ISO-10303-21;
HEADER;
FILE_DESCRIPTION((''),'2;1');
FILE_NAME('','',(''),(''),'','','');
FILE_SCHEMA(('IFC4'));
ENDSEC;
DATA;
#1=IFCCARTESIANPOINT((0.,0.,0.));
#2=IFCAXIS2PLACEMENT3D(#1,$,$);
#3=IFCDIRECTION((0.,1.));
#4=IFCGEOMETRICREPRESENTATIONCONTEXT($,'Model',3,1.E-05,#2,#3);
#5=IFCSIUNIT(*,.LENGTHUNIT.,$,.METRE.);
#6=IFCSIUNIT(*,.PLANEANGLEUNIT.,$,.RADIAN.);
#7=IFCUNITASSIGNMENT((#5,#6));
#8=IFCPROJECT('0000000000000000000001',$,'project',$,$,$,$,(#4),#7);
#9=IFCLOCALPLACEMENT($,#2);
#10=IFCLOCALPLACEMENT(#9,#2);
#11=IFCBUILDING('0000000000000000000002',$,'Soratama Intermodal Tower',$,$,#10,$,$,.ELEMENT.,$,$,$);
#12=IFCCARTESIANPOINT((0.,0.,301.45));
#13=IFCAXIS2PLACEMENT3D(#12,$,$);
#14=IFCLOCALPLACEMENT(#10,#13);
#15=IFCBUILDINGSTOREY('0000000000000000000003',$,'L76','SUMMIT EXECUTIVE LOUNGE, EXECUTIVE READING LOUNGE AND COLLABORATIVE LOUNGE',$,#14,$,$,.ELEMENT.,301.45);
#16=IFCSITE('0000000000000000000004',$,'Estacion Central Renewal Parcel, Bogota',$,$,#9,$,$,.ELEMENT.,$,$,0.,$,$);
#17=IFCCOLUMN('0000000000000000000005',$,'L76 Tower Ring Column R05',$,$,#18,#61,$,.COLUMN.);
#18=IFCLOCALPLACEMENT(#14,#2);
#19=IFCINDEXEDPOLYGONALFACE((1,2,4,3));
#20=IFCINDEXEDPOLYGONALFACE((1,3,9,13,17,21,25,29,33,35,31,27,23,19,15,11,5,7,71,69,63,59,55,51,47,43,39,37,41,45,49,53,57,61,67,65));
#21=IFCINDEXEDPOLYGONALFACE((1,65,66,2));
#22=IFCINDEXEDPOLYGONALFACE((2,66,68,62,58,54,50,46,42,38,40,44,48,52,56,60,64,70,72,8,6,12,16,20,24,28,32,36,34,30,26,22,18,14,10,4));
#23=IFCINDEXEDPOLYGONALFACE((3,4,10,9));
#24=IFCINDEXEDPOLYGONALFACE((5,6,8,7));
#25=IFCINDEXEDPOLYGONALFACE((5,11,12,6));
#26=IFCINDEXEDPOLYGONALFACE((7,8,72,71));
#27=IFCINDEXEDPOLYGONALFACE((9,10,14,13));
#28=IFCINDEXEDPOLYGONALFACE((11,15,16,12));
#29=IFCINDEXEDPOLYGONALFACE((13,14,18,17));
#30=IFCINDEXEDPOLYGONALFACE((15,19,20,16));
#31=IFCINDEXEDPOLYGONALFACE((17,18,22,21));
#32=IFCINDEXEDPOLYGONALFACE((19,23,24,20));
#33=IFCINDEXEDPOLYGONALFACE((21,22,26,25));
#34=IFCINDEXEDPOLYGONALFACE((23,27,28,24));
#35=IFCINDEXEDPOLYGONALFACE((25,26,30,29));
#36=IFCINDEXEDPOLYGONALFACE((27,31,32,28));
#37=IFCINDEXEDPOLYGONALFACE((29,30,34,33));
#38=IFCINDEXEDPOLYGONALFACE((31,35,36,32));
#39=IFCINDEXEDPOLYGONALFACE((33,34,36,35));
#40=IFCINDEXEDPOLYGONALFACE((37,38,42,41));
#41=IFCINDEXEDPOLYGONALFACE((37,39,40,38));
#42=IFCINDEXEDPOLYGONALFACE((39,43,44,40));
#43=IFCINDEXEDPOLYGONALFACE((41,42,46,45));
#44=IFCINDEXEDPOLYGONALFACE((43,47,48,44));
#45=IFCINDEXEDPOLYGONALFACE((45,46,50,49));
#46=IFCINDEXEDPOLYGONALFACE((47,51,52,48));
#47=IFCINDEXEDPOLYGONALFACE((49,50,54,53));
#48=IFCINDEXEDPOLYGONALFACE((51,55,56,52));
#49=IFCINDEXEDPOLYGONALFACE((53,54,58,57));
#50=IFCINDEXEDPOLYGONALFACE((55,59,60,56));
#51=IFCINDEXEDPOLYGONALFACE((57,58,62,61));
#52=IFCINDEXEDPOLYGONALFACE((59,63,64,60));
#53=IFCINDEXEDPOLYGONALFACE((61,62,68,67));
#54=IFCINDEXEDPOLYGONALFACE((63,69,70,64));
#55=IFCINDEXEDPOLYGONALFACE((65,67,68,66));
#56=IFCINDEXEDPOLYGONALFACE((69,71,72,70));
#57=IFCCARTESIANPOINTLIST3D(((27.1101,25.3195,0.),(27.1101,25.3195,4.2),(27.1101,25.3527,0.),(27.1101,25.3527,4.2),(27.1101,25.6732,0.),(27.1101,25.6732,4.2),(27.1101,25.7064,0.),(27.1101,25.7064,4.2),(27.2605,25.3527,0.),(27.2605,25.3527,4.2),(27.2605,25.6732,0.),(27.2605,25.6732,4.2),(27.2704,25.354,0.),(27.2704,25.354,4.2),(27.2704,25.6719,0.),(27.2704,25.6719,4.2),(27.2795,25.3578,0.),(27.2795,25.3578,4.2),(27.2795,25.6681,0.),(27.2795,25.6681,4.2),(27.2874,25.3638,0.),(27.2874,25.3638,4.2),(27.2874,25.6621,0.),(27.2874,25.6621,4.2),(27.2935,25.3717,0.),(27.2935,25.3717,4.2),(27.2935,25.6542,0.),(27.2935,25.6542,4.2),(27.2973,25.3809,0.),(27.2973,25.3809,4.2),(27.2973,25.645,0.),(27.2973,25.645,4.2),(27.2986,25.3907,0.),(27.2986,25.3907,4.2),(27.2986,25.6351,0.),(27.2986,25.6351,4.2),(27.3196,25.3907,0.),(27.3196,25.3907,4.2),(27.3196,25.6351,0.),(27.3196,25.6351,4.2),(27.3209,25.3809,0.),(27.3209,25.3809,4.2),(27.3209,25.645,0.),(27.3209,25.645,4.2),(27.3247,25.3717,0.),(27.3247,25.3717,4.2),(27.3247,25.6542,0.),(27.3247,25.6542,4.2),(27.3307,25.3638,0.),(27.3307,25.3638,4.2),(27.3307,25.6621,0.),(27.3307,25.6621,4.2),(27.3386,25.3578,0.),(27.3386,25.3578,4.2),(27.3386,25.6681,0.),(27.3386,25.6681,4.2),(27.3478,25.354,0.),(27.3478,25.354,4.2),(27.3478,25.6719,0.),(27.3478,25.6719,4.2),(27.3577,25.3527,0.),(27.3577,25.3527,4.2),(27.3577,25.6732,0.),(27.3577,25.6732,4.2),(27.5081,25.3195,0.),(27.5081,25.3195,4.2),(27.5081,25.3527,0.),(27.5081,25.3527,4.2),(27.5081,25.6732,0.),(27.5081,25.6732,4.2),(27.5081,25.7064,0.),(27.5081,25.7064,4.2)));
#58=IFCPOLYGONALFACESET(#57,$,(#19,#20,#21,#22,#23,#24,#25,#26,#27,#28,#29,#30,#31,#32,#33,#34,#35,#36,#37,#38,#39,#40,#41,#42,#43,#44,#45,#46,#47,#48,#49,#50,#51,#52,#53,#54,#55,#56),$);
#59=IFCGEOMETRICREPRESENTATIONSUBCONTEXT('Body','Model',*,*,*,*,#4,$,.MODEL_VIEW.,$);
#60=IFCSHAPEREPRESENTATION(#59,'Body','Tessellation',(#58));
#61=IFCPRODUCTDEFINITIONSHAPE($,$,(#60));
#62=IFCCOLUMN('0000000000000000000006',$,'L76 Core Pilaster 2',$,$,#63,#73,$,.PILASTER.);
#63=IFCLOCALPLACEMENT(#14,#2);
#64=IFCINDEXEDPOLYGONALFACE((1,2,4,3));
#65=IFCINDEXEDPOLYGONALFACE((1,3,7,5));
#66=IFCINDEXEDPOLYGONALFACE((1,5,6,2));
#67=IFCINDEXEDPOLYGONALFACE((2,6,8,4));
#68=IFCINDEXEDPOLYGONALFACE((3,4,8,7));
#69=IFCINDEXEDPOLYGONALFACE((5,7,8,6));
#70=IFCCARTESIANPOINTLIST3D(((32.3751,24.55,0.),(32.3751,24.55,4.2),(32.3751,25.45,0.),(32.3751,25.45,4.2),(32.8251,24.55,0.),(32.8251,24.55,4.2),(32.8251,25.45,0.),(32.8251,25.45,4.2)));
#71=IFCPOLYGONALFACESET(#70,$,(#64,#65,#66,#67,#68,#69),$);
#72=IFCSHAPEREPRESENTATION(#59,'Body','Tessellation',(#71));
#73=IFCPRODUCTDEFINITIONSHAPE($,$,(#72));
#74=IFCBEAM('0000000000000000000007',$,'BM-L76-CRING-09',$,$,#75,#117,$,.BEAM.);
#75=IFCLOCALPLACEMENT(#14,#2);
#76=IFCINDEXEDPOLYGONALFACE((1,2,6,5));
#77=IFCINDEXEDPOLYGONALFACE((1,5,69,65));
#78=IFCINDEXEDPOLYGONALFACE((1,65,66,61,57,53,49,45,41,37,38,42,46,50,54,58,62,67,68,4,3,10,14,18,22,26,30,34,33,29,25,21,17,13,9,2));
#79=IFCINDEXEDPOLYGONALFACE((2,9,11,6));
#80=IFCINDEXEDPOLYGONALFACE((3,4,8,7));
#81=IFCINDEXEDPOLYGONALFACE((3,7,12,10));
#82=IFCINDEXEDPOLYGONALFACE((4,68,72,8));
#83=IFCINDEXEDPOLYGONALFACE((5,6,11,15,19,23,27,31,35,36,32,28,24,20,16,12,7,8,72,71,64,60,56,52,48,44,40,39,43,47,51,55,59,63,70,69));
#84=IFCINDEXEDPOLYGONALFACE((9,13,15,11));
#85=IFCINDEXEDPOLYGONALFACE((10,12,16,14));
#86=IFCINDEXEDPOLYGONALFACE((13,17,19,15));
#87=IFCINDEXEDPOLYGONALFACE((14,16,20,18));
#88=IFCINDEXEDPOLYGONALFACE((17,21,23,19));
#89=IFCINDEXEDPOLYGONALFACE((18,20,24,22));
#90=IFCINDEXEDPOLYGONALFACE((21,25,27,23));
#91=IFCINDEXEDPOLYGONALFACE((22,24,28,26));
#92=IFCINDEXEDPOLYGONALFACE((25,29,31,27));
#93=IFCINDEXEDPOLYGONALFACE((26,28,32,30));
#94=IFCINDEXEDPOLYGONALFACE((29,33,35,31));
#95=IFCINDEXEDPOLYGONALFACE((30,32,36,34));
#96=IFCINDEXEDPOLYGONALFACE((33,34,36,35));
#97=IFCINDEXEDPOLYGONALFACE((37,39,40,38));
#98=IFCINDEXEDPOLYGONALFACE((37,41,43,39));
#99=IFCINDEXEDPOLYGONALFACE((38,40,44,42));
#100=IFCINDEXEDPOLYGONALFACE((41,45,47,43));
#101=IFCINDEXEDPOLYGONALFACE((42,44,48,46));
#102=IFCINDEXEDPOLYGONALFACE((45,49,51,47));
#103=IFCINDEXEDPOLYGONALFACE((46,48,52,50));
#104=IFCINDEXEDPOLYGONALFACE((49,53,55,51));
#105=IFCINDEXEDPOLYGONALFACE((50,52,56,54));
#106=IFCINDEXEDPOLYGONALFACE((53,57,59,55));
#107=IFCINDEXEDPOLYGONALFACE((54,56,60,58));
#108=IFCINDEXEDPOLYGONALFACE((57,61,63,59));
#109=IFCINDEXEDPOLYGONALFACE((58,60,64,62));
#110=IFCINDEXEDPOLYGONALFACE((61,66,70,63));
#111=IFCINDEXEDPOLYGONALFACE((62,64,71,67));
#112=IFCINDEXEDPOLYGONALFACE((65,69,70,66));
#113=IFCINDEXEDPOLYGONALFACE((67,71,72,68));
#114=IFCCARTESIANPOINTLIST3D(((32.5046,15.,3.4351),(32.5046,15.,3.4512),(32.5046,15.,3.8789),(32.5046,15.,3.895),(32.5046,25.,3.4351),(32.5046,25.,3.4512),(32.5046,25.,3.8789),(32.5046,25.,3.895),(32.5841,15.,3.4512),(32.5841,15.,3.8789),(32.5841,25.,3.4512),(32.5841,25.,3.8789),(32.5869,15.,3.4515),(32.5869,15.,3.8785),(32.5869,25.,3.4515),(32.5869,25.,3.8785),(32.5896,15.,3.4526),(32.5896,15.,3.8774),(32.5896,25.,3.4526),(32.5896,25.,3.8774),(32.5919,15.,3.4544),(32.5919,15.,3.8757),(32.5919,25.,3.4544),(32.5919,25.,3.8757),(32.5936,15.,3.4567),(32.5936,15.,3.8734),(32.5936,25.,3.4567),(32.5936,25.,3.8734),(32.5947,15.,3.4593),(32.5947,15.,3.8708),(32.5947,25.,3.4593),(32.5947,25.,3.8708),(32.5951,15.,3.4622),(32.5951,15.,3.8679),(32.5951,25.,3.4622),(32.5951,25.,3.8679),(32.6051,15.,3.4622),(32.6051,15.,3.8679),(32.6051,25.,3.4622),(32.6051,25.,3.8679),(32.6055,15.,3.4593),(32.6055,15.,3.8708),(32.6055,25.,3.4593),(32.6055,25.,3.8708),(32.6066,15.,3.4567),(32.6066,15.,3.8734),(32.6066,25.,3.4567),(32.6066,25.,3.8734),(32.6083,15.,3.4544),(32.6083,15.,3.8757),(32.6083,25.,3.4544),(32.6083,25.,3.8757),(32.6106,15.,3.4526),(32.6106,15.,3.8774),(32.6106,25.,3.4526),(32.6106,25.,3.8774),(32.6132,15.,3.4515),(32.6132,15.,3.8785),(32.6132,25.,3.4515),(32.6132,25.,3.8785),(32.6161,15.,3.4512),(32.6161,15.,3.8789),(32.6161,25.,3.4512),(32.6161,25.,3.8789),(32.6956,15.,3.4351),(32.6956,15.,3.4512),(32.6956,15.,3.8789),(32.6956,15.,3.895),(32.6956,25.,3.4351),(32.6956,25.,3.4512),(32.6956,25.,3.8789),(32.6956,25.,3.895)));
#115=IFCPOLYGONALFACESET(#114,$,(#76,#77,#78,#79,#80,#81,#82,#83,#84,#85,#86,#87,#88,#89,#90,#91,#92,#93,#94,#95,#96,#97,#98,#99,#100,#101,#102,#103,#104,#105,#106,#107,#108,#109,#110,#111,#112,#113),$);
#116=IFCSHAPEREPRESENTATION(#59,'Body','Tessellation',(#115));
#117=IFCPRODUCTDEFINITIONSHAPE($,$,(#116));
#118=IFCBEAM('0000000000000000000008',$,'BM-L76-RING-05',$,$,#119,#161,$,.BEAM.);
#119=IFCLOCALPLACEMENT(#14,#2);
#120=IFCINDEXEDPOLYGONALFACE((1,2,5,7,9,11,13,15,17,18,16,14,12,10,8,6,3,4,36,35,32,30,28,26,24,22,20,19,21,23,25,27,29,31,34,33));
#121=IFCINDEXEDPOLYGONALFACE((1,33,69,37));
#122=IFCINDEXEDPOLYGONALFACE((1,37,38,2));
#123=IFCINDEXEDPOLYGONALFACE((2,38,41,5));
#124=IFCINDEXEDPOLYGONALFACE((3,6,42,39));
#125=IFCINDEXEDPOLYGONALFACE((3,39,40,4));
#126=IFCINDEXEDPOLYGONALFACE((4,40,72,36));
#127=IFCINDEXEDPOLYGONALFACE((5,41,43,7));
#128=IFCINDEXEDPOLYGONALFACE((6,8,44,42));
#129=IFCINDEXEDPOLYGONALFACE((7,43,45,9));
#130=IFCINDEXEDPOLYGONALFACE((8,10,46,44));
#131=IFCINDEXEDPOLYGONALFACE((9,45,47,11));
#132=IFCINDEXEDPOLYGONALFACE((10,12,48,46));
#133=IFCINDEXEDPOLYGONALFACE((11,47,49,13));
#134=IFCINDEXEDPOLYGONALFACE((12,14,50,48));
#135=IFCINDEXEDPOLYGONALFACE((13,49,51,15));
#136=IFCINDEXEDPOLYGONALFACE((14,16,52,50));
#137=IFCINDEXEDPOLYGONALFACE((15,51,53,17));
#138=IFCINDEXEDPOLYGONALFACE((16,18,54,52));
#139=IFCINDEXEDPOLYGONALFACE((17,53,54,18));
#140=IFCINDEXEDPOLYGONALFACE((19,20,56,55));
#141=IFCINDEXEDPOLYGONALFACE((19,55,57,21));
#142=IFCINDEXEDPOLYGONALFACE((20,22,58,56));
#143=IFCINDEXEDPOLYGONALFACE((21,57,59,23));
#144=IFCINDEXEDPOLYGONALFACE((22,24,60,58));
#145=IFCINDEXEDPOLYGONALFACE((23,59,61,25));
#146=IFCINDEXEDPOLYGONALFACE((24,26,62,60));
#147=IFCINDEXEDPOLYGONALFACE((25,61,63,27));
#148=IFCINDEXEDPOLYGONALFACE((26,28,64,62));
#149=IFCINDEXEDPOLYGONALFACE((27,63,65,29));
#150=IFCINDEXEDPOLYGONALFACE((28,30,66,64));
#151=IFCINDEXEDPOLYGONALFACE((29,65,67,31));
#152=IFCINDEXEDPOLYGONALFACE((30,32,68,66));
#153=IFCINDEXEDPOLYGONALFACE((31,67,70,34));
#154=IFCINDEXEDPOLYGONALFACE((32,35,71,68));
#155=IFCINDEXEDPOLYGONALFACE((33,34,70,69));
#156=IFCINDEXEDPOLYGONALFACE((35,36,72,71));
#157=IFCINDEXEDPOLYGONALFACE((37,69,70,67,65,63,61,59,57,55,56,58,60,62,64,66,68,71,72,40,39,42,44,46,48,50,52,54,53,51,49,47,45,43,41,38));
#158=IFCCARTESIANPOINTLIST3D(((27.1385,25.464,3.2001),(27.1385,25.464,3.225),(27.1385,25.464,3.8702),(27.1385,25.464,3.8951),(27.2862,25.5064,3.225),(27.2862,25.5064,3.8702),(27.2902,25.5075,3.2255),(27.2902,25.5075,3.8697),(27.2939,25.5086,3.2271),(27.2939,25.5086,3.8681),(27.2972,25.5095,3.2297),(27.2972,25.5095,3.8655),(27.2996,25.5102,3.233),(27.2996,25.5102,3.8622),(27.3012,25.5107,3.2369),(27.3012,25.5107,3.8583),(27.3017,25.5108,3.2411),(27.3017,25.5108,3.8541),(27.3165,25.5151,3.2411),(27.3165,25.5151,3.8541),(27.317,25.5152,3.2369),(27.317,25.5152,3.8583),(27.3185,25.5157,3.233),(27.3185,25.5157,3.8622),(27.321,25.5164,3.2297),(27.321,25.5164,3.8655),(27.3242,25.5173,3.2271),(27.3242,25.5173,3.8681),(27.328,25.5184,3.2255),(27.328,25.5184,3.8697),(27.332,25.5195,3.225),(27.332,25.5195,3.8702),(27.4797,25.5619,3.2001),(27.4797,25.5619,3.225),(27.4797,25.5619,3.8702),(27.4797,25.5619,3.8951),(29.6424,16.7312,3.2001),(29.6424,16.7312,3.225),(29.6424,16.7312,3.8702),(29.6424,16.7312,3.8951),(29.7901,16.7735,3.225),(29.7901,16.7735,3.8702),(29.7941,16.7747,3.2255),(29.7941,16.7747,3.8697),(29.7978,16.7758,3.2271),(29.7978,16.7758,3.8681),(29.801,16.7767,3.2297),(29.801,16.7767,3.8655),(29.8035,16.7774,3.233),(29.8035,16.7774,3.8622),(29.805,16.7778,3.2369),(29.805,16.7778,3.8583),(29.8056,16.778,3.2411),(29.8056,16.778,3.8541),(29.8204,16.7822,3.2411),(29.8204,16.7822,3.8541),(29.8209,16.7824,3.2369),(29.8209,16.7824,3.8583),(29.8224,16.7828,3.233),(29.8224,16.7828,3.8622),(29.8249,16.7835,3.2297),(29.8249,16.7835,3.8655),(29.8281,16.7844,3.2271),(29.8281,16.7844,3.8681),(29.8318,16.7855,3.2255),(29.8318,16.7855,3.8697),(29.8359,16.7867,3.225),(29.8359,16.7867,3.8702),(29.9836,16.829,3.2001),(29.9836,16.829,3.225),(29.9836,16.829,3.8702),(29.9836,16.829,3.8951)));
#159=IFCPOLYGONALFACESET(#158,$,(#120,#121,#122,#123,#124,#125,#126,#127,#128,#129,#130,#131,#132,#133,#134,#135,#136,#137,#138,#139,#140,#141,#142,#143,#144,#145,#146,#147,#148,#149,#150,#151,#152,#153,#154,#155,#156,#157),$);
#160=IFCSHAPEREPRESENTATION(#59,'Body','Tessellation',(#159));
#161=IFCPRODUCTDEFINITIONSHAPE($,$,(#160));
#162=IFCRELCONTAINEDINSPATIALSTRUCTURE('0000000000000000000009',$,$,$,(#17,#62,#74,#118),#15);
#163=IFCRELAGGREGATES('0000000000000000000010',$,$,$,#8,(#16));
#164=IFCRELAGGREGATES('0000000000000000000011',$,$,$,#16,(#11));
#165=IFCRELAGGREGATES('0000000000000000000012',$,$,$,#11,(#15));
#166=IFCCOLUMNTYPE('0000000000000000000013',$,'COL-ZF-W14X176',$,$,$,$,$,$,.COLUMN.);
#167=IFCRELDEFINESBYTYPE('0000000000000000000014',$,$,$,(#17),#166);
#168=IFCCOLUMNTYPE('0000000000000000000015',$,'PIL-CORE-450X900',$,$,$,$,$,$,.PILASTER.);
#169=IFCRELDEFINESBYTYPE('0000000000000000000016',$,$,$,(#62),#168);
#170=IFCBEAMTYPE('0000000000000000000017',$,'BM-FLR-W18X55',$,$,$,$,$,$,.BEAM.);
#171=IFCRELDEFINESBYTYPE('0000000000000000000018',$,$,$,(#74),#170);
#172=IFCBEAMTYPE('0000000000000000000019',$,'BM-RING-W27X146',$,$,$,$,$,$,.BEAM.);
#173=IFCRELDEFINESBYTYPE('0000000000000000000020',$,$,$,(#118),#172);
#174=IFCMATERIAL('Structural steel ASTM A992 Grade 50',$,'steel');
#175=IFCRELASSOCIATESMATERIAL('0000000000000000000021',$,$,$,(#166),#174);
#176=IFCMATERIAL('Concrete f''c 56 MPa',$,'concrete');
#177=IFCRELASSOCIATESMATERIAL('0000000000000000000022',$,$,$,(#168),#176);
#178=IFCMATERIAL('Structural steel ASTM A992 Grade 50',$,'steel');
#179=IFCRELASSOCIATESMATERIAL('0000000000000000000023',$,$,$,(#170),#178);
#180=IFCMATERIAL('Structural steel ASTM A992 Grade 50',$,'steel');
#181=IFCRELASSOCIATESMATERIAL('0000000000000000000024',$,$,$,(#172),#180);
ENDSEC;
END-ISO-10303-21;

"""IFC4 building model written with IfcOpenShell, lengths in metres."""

from ifc_helpers import new_model, si_unit, direction, frame, origin, origin_2d, place, context, subcontext, project, spatial, rectangle, i_section, extrude, material, material_profile, profile_set, type_object, element, save


model = new_model("IFC4")

# Units and contexts
model_context = context("Model", 3, precision=1e-05, world=origin(), true_north=direction((0.0, 1.0)))
body_context = subcontext(model_context, "Body", "Model", "MODEL_VIEW")
ifc_project = project(units=[si_unit("LENGTHUNIT", "METRE"), si_unit("PLANEANGLEUNIT", "RADIAN")], contexts=[model_context])

# Site, building, storey
site_placement = place(None, origin())
site = spatial("IfcSite", under=ifc_project, at=site_placement, Name="Estacion Central Renewal Parcel, Bogota", CompositionType="ELEMENT", RefElevation=0.0)
building_placement = place(site_placement, origin())
building = spatial("IfcBuilding", under=site, at=building_placement, Name="Soratama Intermodal Tower", CompositionType="ELEMENT")
storey_placement = place(building_placement, frame((0.0, 0.0, 301.45)))
storey = spatial("IfcBuildingStorey", under=building, at=storey_placement, Name="L76", Description="SUMMIT EXECUTIVE LOUNGE, EXECUTIVE READING LOUNGE AND COLLABORATIVE LOUNGE", CompositionType="ELEMENT", Elevation=301.45)

# Columns
ifc_material_1 = material(Name="Structural steel ASTM A992 Grade 50", Category="steel")
ifc_material_profile_1 = material_profile(ifc_material_1, i_section(OverallWidth=0.3979, OverallDepth=0.387, WebThickness=0.021, FlangeThickness=0.0332, FilletRadius=0.0381, at=origin_2d()), Name="W14X176")
ifc_profile_set_1 = profile_set([ifc_material_profile_1], Name="Structural steel ASTM A992 Grade 50")
column_type_1 = type_object("IfcColumnType", Name="COL-ZF-W14X176", PredefinedType="COLUMN", material=ifc_profile_set_1)
column_1_placement = place(storey_placement, frame((27.3091, 25.5129, 0.0), z_axis=(0.0, 0.0, 1.0), x_axis=(1.0, 0.0, 0.0)))
element("IfcColumn", 1, at=column_1_placement, inside=storey, type_object=column_type_1, Name="L76 Tower Ring Column R05", PredefinedType="COLUMN", context=body_context, shape_type="SweptSolid", body=[
    extrude(i_section(OverallWidth=0.3979, OverallDepth=0.387, WebThickness=0.021, FlangeThickness=0.0332, FilletRadius=0.0381, at=origin_2d()), origin(), (0.0, 0.0, 1.0), 4.2),
])
ifc_material_2 = material(Name="Concrete f'c 56 MPa", Category="concrete")
ifc_material_profile_2 = material_profile(ifc_material_2, rectangle(XDim=0.45, YDim=0.8999, at=origin_2d()), Name="RC450X900")
ifc_profile_set_2 = profile_set([ifc_material_profile_2], Name="Concrete f'c 56 MPa")
column_type_2 = type_object("IfcColumnType", Name="PIL-CORE-450X900", PredefinedType="PILASTER", material=ifc_profile_set_2)
column_2_placement = place(storey_placement, frame((32.6001, 25.0, 0.0), z_axis=(0.0, 0.0, 1.0), x_axis=(1.0, 0.0, 0.0)))
element("IfcColumn", 2, at=column_2_placement, inside=storey, type_object=column_type_2, Name="L76 Core Pilaster 2", PredefinedType="PILASTER", context=body_context, shape_type="SweptSolid", body=[
    extrude(rectangle(XDim=0.45, YDim=0.8999, at=origin_2d()), origin(), (0.0, 0.0, 1.0), 4.2),
])

# Beams
ifc_material_3 = material(Name="Structural steel ASTM A992 Grade 50", Category="steel")
ifc_material_profile_3 = material_profile(ifc_material_3, i_section(OverallWidth=0.1909, OverallDepth=0.46, WebThickness=0.01, FlangeThickness=0.0161, FilletRadius=0.011, at=origin_2d()), Name="W18X55")
ifc_profile_set_3 = profile_set([ifc_material_profile_3], Name="Structural steel ASTM A992 Grade 50")
beam_type_1 = type_object("IfcBeamType", Name="BM-FLR-W18X55", PredefinedType="BEAM", material=ifc_profile_set_3)
beam_1_placement = place(storey_placement, frame((32.6001, 25.0, 3.665), z_axis=(0.0, -1.0, 0.0), x_axis=(1.0, 0.0, 0.0)))
element("IfcBeam", 3, at=beam_1_placement, inside=storey, type_object=beam_type_1, Name="BM-L76-CRING-09", PredefinedType="BEAM", context=body_context, shape_type="SweptSolid", body=[
    extrude(i_section(OverallWidth=0.1909, OverallDepth=0.46, WebThickness=0.01, FlangeThickness=0.0161, FilletRadius=0.011, at=origin_2d()), origin(), (0.0, 0.0, 1.0), 10.0),
])
ifc_material_4 = material(Name="Structural steel ASTM A992 Grade 50", Category="steel")
ifc_material_profile_4 = material_profile(ifc_material_4, i_section(OverallWidth=0.355, OverallDepth=0.6951, WebThickness=0.0154, FlangeThickness=0.0249, FilletRadius=0.0161, at=origin_2d()), Name="W27X146")
ifc_profile_set_4 = profile_set([ifc_material_profile_4], Name="Structural steel ASTM A992 Grade 50")
beam_type_2 = type_object("IfcBeamType", Name="BM-RING-W27X146", PredefinedType="BEAM", material=ifc_profile_set_4)
beam_2_placement = place(storey_placement, frame((27.3091, 25.5129, 3.5476), z_axis=(0.275615, -0.961268, 0.0), x_axis=(0.961268, 0.275615, 0.0)))
element("IfcBeam", 4, at=beam_2_placement, inside=storey, type_object=beam_type_2, Name="BM-L76-RING-05", PredefinedType="BEAM", context=body_context, shape_type="SweptSolid", body=[
    extrude(i_section(OverallWidth=0.355, OverallDepth=0.6951, WebThickness=0.0154, FlangeThickness=0.0249, FilletRadius=0.0161, at=origin_2d()), origin(), (0.0, 0.0, 1.0), 9.0847),
])

save(model, "model.ifc")
